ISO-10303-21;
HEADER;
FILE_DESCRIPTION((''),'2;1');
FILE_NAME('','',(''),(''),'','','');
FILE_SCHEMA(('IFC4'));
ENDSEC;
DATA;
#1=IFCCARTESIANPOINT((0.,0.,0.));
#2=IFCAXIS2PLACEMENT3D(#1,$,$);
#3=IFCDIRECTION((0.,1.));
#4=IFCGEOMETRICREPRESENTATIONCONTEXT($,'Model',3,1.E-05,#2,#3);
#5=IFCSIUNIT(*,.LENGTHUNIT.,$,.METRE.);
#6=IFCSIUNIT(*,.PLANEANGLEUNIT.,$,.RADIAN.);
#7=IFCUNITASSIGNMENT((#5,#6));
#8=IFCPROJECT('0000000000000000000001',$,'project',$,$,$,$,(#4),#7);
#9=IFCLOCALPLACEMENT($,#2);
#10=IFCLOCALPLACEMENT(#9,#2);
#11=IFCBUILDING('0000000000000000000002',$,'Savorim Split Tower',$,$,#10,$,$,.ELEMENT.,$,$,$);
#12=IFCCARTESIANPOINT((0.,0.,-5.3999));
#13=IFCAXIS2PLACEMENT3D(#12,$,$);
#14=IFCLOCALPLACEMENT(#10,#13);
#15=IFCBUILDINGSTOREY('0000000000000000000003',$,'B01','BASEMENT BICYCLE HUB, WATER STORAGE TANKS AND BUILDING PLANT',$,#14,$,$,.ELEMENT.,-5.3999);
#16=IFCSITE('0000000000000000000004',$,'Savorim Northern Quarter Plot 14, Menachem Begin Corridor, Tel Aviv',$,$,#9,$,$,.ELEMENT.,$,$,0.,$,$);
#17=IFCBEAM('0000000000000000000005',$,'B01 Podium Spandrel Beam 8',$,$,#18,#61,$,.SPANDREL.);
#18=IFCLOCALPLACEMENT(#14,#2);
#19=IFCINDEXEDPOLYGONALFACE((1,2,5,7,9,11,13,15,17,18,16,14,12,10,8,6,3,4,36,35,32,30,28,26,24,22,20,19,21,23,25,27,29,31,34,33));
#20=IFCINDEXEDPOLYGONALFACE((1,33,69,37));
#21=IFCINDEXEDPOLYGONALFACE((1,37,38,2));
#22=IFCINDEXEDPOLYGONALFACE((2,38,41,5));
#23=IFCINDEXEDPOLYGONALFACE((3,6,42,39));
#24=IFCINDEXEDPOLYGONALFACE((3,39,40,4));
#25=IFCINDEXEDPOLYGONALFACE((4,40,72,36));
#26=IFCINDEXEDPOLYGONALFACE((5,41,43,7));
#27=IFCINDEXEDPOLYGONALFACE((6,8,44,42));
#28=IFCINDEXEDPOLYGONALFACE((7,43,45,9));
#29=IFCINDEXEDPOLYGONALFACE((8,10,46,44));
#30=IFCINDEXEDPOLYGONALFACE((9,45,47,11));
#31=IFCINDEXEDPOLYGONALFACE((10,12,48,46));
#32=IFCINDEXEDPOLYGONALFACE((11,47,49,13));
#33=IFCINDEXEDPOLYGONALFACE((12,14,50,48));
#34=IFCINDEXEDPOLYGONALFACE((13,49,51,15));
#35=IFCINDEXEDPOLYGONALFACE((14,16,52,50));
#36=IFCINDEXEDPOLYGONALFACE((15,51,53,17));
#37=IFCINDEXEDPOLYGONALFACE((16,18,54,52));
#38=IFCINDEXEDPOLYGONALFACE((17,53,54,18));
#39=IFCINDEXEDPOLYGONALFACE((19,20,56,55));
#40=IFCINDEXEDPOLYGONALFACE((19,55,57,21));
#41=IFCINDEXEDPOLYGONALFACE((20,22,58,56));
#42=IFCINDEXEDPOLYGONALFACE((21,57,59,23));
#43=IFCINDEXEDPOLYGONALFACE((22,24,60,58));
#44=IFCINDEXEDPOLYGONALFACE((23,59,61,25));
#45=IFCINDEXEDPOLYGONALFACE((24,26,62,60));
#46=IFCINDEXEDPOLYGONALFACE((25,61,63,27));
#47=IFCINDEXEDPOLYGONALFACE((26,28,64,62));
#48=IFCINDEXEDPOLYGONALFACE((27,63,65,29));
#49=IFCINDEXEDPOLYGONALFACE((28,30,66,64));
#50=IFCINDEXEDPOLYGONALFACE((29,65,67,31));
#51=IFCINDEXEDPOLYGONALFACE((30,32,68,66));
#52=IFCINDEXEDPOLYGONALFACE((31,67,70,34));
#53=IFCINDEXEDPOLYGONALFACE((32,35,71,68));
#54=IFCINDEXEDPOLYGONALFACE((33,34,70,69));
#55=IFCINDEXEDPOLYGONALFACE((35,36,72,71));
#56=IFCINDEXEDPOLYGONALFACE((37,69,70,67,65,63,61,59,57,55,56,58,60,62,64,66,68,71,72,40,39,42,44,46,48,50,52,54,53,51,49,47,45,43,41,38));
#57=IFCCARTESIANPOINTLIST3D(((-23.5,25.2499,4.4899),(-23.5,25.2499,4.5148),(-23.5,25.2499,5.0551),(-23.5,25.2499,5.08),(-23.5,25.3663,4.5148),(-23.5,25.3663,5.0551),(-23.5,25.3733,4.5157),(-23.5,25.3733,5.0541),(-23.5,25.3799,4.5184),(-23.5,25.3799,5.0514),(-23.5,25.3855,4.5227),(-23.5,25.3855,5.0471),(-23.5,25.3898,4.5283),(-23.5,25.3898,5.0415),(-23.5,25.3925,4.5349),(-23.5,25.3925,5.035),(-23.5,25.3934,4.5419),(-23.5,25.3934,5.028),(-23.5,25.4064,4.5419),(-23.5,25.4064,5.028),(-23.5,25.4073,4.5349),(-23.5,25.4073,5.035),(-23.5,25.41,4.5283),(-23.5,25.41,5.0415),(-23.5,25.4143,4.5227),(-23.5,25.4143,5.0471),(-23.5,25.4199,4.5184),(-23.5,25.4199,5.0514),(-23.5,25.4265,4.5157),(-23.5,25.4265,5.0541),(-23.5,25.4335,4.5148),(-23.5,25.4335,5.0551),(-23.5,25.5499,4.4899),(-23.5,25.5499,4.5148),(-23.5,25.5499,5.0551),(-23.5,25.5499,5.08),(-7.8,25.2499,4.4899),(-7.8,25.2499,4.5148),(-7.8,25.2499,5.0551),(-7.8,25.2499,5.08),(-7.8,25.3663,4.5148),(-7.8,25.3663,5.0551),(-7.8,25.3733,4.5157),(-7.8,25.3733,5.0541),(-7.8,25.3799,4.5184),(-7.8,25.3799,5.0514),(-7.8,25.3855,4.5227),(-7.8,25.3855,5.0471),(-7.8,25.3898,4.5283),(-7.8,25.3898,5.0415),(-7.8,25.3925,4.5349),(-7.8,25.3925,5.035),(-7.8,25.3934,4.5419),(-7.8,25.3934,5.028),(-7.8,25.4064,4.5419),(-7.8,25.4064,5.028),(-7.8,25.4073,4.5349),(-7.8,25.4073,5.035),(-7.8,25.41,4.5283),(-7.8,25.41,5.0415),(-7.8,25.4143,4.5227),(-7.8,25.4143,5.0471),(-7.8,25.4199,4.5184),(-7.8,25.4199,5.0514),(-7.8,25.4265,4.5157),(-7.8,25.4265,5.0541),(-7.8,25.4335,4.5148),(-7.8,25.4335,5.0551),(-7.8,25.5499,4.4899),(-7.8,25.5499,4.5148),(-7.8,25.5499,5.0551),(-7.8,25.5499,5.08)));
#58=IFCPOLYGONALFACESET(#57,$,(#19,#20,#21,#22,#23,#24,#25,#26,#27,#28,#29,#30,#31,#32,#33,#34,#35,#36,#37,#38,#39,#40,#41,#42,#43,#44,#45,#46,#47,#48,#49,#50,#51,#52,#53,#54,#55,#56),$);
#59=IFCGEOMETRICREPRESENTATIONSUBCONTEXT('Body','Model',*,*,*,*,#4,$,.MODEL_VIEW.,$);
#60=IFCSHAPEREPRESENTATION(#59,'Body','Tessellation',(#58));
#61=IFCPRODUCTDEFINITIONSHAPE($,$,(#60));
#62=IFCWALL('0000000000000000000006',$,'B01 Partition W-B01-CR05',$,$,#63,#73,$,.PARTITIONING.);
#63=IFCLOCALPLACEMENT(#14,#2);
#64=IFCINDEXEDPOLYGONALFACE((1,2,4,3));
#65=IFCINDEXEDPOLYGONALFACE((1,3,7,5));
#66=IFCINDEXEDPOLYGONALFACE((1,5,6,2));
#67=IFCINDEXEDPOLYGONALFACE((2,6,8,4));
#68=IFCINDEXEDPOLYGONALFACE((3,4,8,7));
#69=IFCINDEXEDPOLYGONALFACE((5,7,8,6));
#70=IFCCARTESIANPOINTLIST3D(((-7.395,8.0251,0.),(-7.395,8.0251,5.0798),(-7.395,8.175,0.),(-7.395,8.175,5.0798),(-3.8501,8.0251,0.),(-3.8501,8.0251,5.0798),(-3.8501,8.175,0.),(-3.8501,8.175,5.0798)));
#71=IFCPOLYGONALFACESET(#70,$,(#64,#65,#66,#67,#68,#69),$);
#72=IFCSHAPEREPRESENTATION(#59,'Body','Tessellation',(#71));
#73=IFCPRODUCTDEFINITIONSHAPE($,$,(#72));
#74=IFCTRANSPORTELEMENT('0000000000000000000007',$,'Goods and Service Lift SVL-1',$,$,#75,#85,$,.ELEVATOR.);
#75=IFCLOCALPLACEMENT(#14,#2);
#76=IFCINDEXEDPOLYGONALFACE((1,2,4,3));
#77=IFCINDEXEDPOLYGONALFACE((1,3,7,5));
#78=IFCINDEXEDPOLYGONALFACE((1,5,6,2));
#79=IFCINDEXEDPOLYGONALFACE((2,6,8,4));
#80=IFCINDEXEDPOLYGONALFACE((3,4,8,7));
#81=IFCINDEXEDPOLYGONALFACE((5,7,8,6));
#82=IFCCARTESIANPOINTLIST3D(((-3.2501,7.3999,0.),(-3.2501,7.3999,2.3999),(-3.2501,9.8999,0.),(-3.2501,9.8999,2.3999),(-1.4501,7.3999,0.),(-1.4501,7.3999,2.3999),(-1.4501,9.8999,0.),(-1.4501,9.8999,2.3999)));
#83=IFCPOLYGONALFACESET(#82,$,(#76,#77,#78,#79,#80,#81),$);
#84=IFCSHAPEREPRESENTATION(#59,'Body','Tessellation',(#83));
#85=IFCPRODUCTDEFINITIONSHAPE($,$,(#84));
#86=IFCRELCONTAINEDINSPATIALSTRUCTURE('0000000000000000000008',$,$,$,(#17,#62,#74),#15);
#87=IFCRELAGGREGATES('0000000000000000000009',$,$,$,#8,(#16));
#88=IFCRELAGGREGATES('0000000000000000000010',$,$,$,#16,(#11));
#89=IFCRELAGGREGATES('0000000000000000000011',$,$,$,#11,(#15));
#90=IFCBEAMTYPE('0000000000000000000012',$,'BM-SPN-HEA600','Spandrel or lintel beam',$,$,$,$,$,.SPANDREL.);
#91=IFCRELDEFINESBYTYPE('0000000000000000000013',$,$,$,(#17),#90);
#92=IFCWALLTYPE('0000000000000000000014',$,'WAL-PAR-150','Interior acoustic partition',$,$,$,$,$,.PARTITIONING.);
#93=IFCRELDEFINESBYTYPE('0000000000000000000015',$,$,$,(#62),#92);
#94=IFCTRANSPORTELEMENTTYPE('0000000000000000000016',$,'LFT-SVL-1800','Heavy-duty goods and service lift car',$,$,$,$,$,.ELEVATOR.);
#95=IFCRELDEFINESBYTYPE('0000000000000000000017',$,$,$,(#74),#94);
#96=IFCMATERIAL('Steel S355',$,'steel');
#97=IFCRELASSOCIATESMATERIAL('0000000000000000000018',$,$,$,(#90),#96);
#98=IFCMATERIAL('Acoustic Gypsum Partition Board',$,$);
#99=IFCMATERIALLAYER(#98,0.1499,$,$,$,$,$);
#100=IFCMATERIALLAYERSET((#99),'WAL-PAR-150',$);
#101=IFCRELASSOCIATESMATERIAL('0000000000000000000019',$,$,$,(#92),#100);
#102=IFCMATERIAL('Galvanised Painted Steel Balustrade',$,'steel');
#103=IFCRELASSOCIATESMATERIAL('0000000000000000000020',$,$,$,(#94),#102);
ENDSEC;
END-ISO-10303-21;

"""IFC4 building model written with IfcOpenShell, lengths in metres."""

from ifc_helpers import new_model, si_unit, direction, frame, frame_2d, origin, origin_2d, place, context, subcontext, project, spatial, rectangle, i_section, extrude, material, layer, layer_set, material_profile, profile_set, type_object, element, save


model = new_model("IFC4")

# Units and contexts
model_context = context("Model", 3, precision=1e-05, world=origin(), true_north=direction((0.0, 1.0)))
body_context = subcontext(model_context, "Body", "Model", "MODEL_VIEW")
ifc_project = project(units=[si_unit("LENGTHUNIT", "METRE"), si_unit("PLANEANGLEUNIT", "RADIAN")], contexts=[model_context])

# Site, building, storey
site_placement = place(None, origin())
site = spatial("IfcSite", under=ifc_project, at=site_placement, Name="Savorim Northern Quarter Plot 14, Menachem Begin Corridor, Tel Aviv", CompositionType="ELEMENT", RefElevation=0.0)
building_placement = place(site_placement, origin())
building = spatial("IfcBuilding", under=site, at=building_placement, Name="Savorim Split Tower", CompositionType="ELEMENT")
storey_placement = place(building_placement, frame((0.0, 0.0, -5.3999)))
storey = spatial("IfcBuildingStorey", under=building, at=storey_placement, Name="B01", Description="BASEMENT BICYCLE HUB, WATER STORAGE TANKS AND BUILDING PLANT", CompositionType="ELEMENT", Elevation=-5.3999)

# Beam
ifc_material_1 = material(Name="Steel S355", Category="steel")
ifc_material_profile_1 = material_profile(ifc_material_1, i_section(OverallWidth=0.3, OverallDepth=0.5901, WebThickness=0.0129, FlangeThickness=0.0249, FilletRadius=0.0271, at=origin_2d()), Name="HEA 600")
ifc_profile_set_1 = profile_set([ifc_material_profile_1], Name="Steel S355")
beam_type_1 = type_object("IfcBeamType", Name="BM-SPN-HEA600", Description="Spandrel or lintel beam", PredefinedType="SPANDREL", material=ifc_profile_set_1)
beam_1_placement = place(storey_placement, frame((-7.8, 25.3999, 4.7849), z_axis=(-1.0, 0.0, 0.0), x_axis=(0.0, -1.0, 0.0)))
element("IfcBeam", 1, at=beam_1_placement, inside=storey, type_object=beam_type_1, Name="B01 Podium Spandrel Beam 8", PredefinedType="SPANDREL", context=body_context, shape_type="SweptSolid", body=[
    extrude(i_section(OverallWidth=0.3, OverallDepth=0.5901, WebThickness=0.0129, FlangeThickness=0.0249, FilletRadius=0.0271, at=origin_2d()), origin(), (0.0, 0.0, 1.0), 15.7),
])

# Wall
ifc_material_2 = material(Name="Acoustic Gypsum Partition Board")
ifc_layer = layer(ifc_material_2, 0.1499)
ifc_layer_set = layer_set([ifc_layer], Name="WAL-PAR-150")
wall_type = type_object("IfcWallType", Name="WAL-PAR-150", Description="Interior acoustic partition", PredefinedType="PARTITIONING", material=ifc_layer_set)
wall_placement = place(storey_placement, frame((-7.395, 8.1001, 0.0), z_axis=(0.0, 0.0, 1.0), x_axis=(1.0, 0.0, 0.0)))
element("IfcWall", 2, at=wall_placement, inside=storey, type_object=wall_type, Name="B01 Partition W-B01-CR05", PredefinedType="PARTITIONING", context=body_context, shape_type="SweptSolid", body=[
    extrude(rectangle(XDim=3.5449, YDim=0.1499, at=frame_2d((1.7725, 0.0))), origin(), (0.0, 0.0, 1.0), 5.0798),
])

# Transport element
ifc_material_3 = material(Name="Galvanised Painted Steel Balustrade", Category="steel")
transport_element_type = type_object("IfcTransportElementType", Name="LFT-SVL-1800", Description="Heavy-duty goods and service lift car", PredefinedType="ELEVATOR", material=ifc_material_3)
transport_element_placement = place(storey_placement, frame((-2.3501, 8.6499, 0.0), z_axis=(0.0, 0.0, 1.0), x_axis=(1.0, 0.0, 0.0)))
element("IfcTransportElement", 3, at=transport_element_placement, inside=storey, type_object=transport_element_type, Name="Goods and Service Lift SVL-1", PredefinedType="ELEVATOR", context=body_context, shape_type="SweptSolid", body=[
    extrude(rectangle(XDim=1.8, YDim=2.5, at=origin_2d()), origin(), (0.0, 0.0, 1.0), 2.3999),
])

save(model, "model.ifc")
